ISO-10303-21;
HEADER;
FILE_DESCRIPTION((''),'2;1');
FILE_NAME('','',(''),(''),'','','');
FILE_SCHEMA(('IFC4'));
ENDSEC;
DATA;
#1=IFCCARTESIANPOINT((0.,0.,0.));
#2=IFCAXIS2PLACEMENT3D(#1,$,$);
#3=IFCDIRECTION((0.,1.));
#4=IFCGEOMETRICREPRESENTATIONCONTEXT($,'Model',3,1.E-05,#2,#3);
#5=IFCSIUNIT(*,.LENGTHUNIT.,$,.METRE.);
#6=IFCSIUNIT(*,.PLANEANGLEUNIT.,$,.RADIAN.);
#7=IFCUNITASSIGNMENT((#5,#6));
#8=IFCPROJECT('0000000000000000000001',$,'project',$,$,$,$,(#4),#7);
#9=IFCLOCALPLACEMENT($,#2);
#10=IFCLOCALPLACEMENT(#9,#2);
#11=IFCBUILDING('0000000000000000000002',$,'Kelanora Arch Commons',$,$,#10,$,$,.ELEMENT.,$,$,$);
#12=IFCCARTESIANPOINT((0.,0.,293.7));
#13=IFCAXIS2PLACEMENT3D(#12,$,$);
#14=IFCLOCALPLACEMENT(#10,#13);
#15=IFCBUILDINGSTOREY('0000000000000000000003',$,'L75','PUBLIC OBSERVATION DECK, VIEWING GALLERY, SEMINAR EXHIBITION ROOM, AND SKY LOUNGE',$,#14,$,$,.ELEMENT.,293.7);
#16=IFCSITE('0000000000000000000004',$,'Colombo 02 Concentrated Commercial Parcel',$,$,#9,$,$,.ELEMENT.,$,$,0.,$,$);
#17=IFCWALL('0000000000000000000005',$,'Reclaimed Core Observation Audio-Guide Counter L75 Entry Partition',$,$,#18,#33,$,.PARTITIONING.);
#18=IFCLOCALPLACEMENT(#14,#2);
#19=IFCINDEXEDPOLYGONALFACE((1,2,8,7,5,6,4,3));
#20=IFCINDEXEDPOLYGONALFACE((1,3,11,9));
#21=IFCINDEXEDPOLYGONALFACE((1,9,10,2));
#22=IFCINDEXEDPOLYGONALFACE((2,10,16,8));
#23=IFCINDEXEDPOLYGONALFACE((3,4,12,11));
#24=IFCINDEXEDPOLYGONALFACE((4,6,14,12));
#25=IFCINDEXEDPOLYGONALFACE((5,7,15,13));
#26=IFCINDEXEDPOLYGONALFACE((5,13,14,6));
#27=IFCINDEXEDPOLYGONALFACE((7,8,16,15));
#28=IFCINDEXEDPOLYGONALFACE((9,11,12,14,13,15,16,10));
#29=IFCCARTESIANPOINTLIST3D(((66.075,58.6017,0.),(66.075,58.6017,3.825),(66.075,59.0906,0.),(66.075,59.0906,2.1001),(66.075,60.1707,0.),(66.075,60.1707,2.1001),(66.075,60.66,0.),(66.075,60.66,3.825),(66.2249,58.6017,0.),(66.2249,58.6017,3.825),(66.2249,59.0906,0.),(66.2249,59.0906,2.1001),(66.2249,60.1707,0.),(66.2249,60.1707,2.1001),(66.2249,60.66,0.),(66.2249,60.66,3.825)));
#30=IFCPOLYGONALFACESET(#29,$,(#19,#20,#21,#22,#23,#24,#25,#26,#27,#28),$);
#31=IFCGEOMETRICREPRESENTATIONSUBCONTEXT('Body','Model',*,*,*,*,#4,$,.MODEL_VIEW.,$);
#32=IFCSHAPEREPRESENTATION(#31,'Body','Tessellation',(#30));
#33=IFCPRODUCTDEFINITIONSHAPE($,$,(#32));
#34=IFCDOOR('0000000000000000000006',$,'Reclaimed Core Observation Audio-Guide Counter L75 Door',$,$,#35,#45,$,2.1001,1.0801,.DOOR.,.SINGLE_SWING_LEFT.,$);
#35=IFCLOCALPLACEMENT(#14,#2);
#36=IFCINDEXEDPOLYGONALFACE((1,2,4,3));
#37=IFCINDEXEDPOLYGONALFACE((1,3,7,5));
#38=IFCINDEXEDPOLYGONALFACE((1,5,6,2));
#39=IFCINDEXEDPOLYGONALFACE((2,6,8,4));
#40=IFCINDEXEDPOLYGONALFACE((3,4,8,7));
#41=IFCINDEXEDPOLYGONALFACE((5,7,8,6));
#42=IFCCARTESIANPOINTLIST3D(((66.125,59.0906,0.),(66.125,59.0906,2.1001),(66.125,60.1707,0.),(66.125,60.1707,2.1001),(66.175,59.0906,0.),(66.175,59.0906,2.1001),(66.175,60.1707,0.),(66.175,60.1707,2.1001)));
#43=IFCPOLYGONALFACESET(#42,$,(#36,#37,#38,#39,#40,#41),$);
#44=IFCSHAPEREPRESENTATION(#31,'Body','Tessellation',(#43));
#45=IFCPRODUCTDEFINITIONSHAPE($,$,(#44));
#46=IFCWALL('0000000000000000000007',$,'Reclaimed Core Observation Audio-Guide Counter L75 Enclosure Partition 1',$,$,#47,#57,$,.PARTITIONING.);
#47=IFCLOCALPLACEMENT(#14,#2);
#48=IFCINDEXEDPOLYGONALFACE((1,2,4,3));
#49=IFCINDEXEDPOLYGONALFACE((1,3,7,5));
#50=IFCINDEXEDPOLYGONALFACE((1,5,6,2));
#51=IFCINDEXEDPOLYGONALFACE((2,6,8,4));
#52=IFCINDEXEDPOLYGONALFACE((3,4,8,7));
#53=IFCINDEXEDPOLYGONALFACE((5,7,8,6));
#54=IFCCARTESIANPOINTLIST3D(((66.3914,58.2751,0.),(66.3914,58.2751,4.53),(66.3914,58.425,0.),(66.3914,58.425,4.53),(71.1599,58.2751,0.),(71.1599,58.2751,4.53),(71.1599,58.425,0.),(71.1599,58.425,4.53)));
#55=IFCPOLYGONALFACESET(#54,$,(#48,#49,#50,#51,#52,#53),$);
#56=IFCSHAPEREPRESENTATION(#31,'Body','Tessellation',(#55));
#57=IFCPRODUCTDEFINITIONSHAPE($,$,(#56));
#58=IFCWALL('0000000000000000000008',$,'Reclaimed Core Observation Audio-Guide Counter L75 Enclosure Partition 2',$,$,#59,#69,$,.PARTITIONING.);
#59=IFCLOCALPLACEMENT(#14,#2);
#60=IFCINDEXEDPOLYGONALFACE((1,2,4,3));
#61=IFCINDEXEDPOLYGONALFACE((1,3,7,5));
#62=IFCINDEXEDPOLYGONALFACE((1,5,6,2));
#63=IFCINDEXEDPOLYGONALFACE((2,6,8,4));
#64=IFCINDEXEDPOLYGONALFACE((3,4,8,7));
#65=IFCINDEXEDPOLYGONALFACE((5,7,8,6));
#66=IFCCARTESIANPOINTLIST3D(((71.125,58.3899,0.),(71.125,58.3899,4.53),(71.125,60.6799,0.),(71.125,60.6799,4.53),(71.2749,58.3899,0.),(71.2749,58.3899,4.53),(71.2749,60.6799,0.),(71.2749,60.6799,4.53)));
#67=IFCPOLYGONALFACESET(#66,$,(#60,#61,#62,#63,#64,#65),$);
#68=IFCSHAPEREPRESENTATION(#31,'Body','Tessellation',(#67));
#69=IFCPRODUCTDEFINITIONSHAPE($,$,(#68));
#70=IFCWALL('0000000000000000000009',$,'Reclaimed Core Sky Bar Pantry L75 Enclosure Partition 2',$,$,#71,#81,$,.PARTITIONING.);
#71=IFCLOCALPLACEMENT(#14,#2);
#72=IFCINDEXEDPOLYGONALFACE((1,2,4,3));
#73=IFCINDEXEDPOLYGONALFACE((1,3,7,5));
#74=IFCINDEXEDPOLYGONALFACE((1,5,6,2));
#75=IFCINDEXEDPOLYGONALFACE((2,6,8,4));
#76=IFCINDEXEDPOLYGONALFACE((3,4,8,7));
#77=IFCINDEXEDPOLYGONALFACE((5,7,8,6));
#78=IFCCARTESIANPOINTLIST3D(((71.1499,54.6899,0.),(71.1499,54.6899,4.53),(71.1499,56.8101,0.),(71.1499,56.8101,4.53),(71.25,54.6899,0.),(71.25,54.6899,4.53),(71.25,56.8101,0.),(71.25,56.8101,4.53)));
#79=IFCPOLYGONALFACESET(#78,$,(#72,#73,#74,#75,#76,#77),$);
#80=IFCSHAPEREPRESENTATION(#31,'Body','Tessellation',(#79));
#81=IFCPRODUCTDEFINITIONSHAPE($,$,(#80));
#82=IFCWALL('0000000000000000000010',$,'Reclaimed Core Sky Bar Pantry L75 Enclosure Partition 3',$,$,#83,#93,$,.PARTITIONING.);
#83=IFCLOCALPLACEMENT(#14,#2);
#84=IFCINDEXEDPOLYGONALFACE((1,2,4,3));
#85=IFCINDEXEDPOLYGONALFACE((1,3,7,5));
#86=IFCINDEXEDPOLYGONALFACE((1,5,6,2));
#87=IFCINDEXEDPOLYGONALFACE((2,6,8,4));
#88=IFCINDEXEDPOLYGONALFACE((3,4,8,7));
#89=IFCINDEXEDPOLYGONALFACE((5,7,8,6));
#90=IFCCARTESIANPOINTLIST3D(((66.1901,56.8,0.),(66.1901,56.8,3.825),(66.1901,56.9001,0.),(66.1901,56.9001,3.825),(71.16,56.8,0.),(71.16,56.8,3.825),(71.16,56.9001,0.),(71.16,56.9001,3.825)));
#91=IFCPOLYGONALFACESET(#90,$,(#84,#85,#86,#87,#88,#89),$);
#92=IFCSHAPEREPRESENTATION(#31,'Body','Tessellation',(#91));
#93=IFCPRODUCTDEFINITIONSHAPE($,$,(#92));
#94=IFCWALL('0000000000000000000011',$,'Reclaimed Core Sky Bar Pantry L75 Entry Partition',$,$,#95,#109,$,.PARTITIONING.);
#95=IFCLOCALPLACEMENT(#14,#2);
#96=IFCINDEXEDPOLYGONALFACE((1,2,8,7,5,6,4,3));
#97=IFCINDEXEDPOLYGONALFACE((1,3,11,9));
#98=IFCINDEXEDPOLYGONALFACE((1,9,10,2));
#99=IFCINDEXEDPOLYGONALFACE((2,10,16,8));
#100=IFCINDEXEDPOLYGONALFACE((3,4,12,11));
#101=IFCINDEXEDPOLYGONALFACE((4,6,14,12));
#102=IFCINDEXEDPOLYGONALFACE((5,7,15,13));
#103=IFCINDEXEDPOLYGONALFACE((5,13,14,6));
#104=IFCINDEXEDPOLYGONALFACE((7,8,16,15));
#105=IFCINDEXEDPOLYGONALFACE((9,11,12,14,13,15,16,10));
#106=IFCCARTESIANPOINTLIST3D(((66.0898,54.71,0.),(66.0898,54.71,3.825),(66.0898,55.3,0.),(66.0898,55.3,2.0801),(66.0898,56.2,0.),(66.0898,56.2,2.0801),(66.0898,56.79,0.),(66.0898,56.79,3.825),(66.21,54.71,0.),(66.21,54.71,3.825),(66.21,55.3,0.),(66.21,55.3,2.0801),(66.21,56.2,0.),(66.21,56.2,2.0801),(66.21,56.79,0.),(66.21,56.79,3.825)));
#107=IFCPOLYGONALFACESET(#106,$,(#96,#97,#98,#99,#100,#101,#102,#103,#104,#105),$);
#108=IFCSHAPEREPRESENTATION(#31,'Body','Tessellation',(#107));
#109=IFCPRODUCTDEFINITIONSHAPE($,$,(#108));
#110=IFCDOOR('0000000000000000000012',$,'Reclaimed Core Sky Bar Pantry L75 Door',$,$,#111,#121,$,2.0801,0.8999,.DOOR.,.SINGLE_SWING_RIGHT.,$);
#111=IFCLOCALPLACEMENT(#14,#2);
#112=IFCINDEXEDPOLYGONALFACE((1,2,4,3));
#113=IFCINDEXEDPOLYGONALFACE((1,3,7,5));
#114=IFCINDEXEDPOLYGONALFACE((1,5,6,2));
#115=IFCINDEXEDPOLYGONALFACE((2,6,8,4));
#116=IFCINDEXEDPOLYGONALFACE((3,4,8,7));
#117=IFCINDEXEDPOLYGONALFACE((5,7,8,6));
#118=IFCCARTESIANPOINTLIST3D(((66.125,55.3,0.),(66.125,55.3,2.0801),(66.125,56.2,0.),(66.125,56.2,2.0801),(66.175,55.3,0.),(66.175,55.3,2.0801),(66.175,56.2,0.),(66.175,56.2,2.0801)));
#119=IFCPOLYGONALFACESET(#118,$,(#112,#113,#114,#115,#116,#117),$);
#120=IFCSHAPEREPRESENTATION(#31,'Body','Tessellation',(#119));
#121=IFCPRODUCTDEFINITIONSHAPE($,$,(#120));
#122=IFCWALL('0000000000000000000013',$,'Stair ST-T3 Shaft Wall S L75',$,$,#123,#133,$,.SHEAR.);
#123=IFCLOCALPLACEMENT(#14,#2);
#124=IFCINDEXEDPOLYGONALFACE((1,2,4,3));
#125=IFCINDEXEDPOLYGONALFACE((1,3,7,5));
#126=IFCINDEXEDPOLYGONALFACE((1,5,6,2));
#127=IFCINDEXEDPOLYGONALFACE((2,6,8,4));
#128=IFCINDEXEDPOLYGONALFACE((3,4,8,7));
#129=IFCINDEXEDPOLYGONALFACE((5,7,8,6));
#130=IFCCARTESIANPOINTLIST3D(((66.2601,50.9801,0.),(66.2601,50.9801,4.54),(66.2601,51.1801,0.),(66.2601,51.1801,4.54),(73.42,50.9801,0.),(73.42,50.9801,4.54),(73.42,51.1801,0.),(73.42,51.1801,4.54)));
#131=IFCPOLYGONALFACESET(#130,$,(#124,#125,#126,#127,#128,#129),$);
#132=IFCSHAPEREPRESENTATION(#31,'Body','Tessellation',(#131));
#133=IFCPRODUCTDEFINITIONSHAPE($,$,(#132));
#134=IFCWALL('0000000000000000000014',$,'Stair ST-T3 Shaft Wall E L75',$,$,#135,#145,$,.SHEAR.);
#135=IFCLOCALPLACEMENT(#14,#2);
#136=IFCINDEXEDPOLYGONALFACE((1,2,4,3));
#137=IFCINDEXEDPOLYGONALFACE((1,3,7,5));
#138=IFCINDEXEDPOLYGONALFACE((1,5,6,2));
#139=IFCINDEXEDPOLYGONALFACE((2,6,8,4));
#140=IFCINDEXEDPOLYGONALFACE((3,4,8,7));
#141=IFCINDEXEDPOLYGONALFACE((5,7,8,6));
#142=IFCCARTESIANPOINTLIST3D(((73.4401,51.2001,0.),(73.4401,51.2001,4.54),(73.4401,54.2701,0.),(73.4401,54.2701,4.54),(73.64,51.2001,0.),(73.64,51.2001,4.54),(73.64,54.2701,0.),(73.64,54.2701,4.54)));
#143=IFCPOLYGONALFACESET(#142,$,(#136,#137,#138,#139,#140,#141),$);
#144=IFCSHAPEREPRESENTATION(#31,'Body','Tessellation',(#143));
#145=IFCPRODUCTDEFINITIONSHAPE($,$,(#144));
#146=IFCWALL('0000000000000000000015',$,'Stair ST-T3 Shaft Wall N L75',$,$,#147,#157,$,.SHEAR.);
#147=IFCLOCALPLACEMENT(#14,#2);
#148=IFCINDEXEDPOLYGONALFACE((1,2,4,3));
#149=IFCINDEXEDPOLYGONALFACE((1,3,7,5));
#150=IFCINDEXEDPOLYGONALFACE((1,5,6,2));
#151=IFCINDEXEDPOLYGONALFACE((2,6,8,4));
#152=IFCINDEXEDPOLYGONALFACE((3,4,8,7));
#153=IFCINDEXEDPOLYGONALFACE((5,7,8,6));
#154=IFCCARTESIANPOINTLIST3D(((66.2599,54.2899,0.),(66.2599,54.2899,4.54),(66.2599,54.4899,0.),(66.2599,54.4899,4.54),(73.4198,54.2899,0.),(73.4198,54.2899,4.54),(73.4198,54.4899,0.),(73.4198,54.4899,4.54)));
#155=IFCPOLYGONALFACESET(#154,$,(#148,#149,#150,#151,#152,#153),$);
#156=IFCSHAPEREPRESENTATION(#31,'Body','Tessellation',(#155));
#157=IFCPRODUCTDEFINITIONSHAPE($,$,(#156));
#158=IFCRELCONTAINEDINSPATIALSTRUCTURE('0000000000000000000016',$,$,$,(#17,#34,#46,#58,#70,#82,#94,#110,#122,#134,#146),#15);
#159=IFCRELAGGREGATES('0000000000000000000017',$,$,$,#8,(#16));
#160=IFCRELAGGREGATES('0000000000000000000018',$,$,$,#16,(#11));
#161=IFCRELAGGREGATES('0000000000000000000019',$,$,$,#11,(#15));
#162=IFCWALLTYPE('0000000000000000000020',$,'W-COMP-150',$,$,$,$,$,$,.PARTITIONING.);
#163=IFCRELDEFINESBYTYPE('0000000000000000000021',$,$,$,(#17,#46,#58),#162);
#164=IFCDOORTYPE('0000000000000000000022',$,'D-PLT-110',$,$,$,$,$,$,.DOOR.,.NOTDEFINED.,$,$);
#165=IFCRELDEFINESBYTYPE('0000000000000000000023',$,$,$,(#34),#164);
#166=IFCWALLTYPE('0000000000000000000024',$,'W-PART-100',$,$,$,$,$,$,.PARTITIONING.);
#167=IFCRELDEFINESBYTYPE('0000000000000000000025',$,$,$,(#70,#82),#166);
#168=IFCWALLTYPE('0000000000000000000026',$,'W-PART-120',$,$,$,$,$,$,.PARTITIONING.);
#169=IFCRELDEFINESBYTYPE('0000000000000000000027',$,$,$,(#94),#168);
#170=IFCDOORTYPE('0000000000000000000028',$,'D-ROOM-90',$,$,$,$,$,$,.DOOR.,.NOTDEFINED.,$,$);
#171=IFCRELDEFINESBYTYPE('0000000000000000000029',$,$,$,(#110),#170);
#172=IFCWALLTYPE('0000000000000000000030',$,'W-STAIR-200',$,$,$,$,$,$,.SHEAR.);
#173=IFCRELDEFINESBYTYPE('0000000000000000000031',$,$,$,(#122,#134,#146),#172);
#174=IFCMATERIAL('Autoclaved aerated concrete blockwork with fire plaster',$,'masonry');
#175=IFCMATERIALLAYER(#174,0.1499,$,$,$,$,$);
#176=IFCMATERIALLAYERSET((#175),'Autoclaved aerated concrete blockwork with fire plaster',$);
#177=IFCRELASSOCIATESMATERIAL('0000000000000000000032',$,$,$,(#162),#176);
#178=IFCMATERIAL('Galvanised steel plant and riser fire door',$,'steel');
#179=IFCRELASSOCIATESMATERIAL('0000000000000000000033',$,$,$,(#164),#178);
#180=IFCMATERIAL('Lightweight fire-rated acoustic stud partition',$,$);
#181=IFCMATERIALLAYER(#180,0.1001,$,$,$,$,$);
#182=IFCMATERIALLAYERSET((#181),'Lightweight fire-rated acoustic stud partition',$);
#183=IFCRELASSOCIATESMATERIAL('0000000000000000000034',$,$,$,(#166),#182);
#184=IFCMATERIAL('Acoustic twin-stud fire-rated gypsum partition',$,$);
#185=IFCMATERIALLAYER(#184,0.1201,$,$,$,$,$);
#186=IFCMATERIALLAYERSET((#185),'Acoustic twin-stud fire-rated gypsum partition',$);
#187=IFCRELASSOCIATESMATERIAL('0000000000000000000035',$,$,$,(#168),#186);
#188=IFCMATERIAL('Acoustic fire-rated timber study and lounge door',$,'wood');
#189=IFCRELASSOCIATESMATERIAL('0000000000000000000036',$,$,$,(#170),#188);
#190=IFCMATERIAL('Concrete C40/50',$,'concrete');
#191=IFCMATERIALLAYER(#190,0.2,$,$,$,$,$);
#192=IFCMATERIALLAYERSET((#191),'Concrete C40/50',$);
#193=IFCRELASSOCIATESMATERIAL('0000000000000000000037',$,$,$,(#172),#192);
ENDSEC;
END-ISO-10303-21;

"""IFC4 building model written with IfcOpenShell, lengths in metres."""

from ifc_helpers import new_model, si_unit, direction, frame, frame_2d, origin, place, context, subcontext, project, spatial, rectangle, extrude, material, layer, layer_set, type_object, element, fill, save


model = new_model("IFC4")

# Units and contexts
model_context = context("Model", 3, precision=1e-05, world=origin(), true_north=direction((0.0, 1.0)))
body_context = subcontext(model_context, "Body", "Model", "MODEL_VIEW")
ifc_project = project(units=[si_unit("LENGTHUNIT", "METRE"), si_unit("PLANEANGLEUNIT", "RADIAN")], contexts=[model_context])

# Site, building, storey
site_placement = place(None, origin())
site = spatial("IfcSite", under=ifc_project, at=site_placement, Name="Colombo 02 Concentrated Commercial Parcel", CompositionType="ELEMENT", RefElevation=0.0)
building_placement = place(site_placement, origin())
building = spatial("IfcBuilding", under=site, at=building_placement, Name="Kelanora Arch Commons", CompositionType="ELEMENT")
storey_placement = place(building_placement, frame((0.0, 0.0, 293.7)))
storey = spatial("IfcBuildingStorey", under=building, at=storey_placement, Name="L75", Description="PUBLIC OBSERVATION DECK, VIEWING GALLERY, SEMINAR EXHIBITION ROOM, AND SKY LOUNGE", CompositionType="ELEMENT", Elevation=293.7)

# Wall, opening, door
ifc_material_1 = material(Name="Autoclaved aerated concrete blockwork with fire plaster", Category="masonry")
ifc_layer_1 = layer(ifc_material_1, 0.1499)
ifc_layer_set_1 = layer_set([ifc_layer_1], Name="Autoclaved aerated concrete blockwork with fire plaster")
wall_type_1 = type_object("IfcWallType", Name="W-COMP-150", PredefinedType="PARTITIONING", material=ifc_layer_set_1)
wall_1_placement = place(storey_placement, frame((66.1499, 58.6016, 0.0), z_axis=(0.0, 0.0, 1.0), x_axis=(0.0, 1.0, 0.0)))
wall_1 = element("IfcWall", 1, at=wall_1_placement, inside=storey, type_object=wall_type_1, Name="Reclaimed Core Observation Audio-Guide Counter L75 Entry Partition", PredefinedType="PARTITIONING", context=body_context, shape_type="SweptSolid", body=[
    extrude(rectangle(XDim=2.0583, YDim=0.1499, at=frame_2d((1.0293, 0.0))), origin(), (0.0, 0.0, 1.0), 3.825),
])
opening_1_placement = place(wall_1_placement, frame((0.489, 0.0, 0.0)))
opening_1 = element("IfcOpeningElement", 2, at=opening_1_placement, cuts=wall_1, PredefinedType="OPENING", context=body_context, shape_type="SweptSolid", body=[
    extrude(rectangle(XDim=1.0801, YDim=2.1001, at=frame_2d((0.54, 1.05))), frame((0.0, 0.085, 0.0), z_axis=(0.0, -1.0, 0.0), x_axis=(1.0, 0.0, 0.0)), (0.0, 0.0, 1.0), 0.1699),
])
ifc_material_2 = material(Name="Galvanised steel plant and riser fire door", Category="steel")
door_type_1 = type_object("IfcDoorType", Name="D-PLT-110", OperationType="NOTDEFINED", PredefinedType="DOOR", material=ifc_material_2)
door_1_placement = place(opening_1_placement, origin())
door_1 = element("IfcDoor", 3, at=door_1_placement, inside=storey, type_object=door_type_1, Name="Reclaimed Core Observation Audio-Guide Counter L75 Door", OperationType="SINGLE_SWING_LEFT", OverallHeight=2.1001, OverallWidth=1.0801, PredefinedType="DOOR", context=body_context, shape_type="SweptSolid", body=[
    extrude(rectangle(XDim=1.0801, YDim=2.1001, at=frame_2d((0.54, 1.05))), frame((0.0, 0.0249, 0.0), z_axis=(0.0, -1.0, 0.0), x_axis=(1.0, 0.0, 0.0)), (0.0, 0.0, 1.0), 0.05),
])
fill(opening_1, door_1)

# Walls
wall_2_placement = place(storey_placement, frame((66.3914, 58.3501, 0.0), z_axis=(0.0, 0.0, 1.0), x_axis=(1.0, 0.0, 0.0)))
element("IfcWall", 4, at=wall_2_placement, inside=storey, type_object=wall_type_1, Name="Reclaimed Core Observation Audio-Guide Counter L75 Enclosure Partition 1", PredefinedType="PARTITIONING", context=body_context, shape_type="SweptSolid", body=[
    extrude(rectangle(XDim=4.7686, YDim=0.1499, at=frame_2d((2.3843, 0.0))), origin(), (0.0, 0.0, 1.0), 4.53),
])
wall_3_placement = place(storey_placement, frame((71.2, 58.3899, 0.0), z_axis=(0.0, 0.0, 1.0), x_axis=(0.0, 1.0, 0.0)))
element("IfcWall", 5, at=wall_3_placement, inside=storey, type_object=wall_type_1, Name="Reclaimed Core Observation Audio-Guide Counter L75 Enclosure Partition 2", PredefinedType="PARTITIONING", context=body_context, shape_type="SweptSolid", body=[
    extrude(rectangle(XDim=2.29, YDim=0.1499, at=frame_2d((1.145, 0.0))), origin(), (0.0, 0.0, 1.0), 4.53),
])
ifc_material_3 = material(Name="Lightweight fire-rated acoustic stud partition")
ifc_layer_2 = layer(ifc_material_3, 0.1001)
ifc_layer_set_2 = layer_set([ifc_layer_2], Name="Lightweight fire-rated acoustic stud partition")
wall_type_2 = type_object("IfcWallType", Name="W-PART-100", PredefinedType="PARTITIONING", material=ifc_layer_set_2)
wall_4_placement = place(storey_placement, frame((71.2, 54.6899, 0.0), z_axis=(0.0, 0.0, 1.0), x_axis=(0.0, 1.0, 0.0)))
element("IfcWall", 6, at=wall_4_placement, inside=storey, type_object=wall_type_2, Name="Reclaimed Core Sky Bar Pantry L75 Enclosure Partition 2", PredefinedType="PARTITIONING", context=body_context, shape_type="SweptSolid", body=[
    extrude(rectangle(XDim=2.1201, YDim=0.1001, at=frame_2d((1.0601, 0.0))), origin(), (0.0, 0.0, 1.0), 4.53),
])
wall_5_placement = place(storey_placement, frame((71.1599, 56.8501, 0.0), z_axis=(0.0, 0.0, 1.0), x_axis=(-1.0, 0.0, 0.0)))
element("IfcWall", 7, at=wall_5_placement, inside=storey, type_object=wall_type_2, Name="Reclaimed Core Sky Bar Pantry L75 Enclosure Partition 3", PredefinedType="PARTITIONING", context=body_context, shape_type="SweptSolid", body=[
    extrude(rectangle(XDim=4.97, YDim=0.1001, at=frame_2d((2.4849, 0.0))), origin(), (0.0, 0.0, 1.0), 3.825),
])

# Wall, opening, door
ifc_material_4 = material(Name="Acoustic twin-stud fire-rated gypsum partition")
ifc_layer_3 = layer(ifc_material_4, 0.1201)
ifc_layer_set_3 = layer_set([ifc_layer_3], Name="Acoustic twin-stud fire-rated gypsum partition")
wall_type_3 = type_object("IfcWallType", Name="W-PART-120", PredefinedType="PARTITIONING", material=ifc_layer_set_3)
wall_6_placement = place(storey_placement, frame((66.1499, 54.71, 0.0), z_axis=(0.0, 0.0, 1.0), x_axis=(0.0, 1.0, 0.0)))
wall_6 = element("IfcWall", 8, at=wall_6_placement, inside=storey, type_object=wall_type_3, Name="Reclaimed Core Sky Bar Pantry L75 Entry Partition", PredefinedType="PARTITIONING", context=body_context, shape_type="SweptSolid", body=[
    extrude(rectangle(XDim=2.0801, YDim=0.1201, at=frame_2d((1.04, 0.0))), origin(), (0.0, 0.0, 1.0), 3.825),
])
opening_2_placement = place(wall_6_placement, frame((0.5901, 0.0, 0.0)))
opening_2 = element("IfcOpeningElement", 9, at=opening_2_placement, cuts=wall_6, PredefinedType="OPENING", context=body_context, shape_type="SweptSolid", body=[
    extrude(rectangle(XDim=0.8999, YDim=2.0801, at=frame_2d((0.45, 1.04))), frame((0.0, 0.0701, 0.0), z_axis=(0.0, -1.0, 0.0), x_axis=(1.0, 0.0, 0.0)), (0.0, 0.0, 1.0), 0.1401),
])
ifc_material_5 = material(Name="Acoustic fire-rated timber study and lounge door", Category="wood")
door_type_2 = type_object("IfcDoorType", Name="D-ROOM-90", OperationType="NOTDEFINED", PredefinedType="DOOR", material=ifc_material_5)
door_2_placement = place(opening_2_placement, origin())
door_2 = element("IfcDoor", 10, at=door_2_placement, inside=storey, type_object=door_type_2, Name="Reclaimed Core Sky Bar Pantry L75 Door", OperationType="SINGLE_SWING_RIGHT", OverallHeight=2.0801, OverallWidth=0.8999, PredefinedType="DOOR", context=body_context, shape_type="SweptSolid", body=[
    extrude(rectangle(XDim=0.8999, YDim=2.0801, at=frame_2d((0.45, 1.04))), frame((0.0, 0.0249, 0.0), z_axis=(0.0, -1.0, 0.0), x_axis=(1.0, 0.0, 0.0)), (0.0, 0.0, 1.0), 0.05),
])
fill(opening_2, door_2)

# Walls
ifc_material_6 = material(Name="Concrete C40/50", Category="concrete")
ifc_layer_4 = layer(ifc_material_6, 0.2)
ifc_layer_set_4 = layer_set([ifc_layer_4], Name="Concrete C40/50")
wall_type_4 = type_object("IfcWallType", Name="W-STAIR-200", PredefinedType="SHEAR", material=ifc_layer_set_4)
wall_7_placement = place(storey_placement, frame((66.26, 51.0801, 0.0), z_axis=(0.0, 0.0, 1.0), x_axis=(1.0, 0.0, 0.0)))
element("IfcWall", 11, at=wall_7_placement, inside=storey, type_object=wall_type_4, Name="Stair ST-T3 Shaft Wall S L75", PredefinedType="SHEAR", context=body_context, shape_type="SweptSolid", body=[
    extrude(rectangle(XDim=7.1599, YDim=0.2, at=frame_2d((3.5801, 0.0))), origin(), (0.0, 0.0, 1.0), 4.54),
])
wall_8_placement = place(storey_placement, frame((73.54, 51.2, 0.0), z_axis=(0.0, 0.0, 1.0), x_axis=(0.0, 1.0, 0.0)))
element("IfcWall", 12, at=wall_8_placement, inside=storey, type_object=wall_type_4, Name="Stair ST-T3 Shaft Wall E L75", PredefinedType="SHEAR", context=body_context, shape_type="SweptSolid", body=[
    extrude(rectangle(XDim=3.0701, YDim=0.2, at=frame_2d((1.5352, 0.0))), origin(), (0.0, 0.0, 1.0), 4.54),
])
wall_9_placement = place(storey_placement, frame((73.4199, 54.3899, 0.0), z_axis=(0.0, 0.0, 1.0), x_axis=(-1.0, 0.0, 0.0)))
element("IfcWall", 13, at=wall_9_placement, inside=storey, type_object=wall_type_4, Name="Stair ST-T3 Shaft Wall N L75", PredefinedType="SHEAR", context=body_context, shape_type="SweptSolid", body=[
    extrude(rectangle(XDim=7.1599, YDim=0.2, at=frame_2d((3.5801, 0.0))), origin(), (0.0, 0.0, 1.0), 4.54),
])

save(model, "model.ifc")
